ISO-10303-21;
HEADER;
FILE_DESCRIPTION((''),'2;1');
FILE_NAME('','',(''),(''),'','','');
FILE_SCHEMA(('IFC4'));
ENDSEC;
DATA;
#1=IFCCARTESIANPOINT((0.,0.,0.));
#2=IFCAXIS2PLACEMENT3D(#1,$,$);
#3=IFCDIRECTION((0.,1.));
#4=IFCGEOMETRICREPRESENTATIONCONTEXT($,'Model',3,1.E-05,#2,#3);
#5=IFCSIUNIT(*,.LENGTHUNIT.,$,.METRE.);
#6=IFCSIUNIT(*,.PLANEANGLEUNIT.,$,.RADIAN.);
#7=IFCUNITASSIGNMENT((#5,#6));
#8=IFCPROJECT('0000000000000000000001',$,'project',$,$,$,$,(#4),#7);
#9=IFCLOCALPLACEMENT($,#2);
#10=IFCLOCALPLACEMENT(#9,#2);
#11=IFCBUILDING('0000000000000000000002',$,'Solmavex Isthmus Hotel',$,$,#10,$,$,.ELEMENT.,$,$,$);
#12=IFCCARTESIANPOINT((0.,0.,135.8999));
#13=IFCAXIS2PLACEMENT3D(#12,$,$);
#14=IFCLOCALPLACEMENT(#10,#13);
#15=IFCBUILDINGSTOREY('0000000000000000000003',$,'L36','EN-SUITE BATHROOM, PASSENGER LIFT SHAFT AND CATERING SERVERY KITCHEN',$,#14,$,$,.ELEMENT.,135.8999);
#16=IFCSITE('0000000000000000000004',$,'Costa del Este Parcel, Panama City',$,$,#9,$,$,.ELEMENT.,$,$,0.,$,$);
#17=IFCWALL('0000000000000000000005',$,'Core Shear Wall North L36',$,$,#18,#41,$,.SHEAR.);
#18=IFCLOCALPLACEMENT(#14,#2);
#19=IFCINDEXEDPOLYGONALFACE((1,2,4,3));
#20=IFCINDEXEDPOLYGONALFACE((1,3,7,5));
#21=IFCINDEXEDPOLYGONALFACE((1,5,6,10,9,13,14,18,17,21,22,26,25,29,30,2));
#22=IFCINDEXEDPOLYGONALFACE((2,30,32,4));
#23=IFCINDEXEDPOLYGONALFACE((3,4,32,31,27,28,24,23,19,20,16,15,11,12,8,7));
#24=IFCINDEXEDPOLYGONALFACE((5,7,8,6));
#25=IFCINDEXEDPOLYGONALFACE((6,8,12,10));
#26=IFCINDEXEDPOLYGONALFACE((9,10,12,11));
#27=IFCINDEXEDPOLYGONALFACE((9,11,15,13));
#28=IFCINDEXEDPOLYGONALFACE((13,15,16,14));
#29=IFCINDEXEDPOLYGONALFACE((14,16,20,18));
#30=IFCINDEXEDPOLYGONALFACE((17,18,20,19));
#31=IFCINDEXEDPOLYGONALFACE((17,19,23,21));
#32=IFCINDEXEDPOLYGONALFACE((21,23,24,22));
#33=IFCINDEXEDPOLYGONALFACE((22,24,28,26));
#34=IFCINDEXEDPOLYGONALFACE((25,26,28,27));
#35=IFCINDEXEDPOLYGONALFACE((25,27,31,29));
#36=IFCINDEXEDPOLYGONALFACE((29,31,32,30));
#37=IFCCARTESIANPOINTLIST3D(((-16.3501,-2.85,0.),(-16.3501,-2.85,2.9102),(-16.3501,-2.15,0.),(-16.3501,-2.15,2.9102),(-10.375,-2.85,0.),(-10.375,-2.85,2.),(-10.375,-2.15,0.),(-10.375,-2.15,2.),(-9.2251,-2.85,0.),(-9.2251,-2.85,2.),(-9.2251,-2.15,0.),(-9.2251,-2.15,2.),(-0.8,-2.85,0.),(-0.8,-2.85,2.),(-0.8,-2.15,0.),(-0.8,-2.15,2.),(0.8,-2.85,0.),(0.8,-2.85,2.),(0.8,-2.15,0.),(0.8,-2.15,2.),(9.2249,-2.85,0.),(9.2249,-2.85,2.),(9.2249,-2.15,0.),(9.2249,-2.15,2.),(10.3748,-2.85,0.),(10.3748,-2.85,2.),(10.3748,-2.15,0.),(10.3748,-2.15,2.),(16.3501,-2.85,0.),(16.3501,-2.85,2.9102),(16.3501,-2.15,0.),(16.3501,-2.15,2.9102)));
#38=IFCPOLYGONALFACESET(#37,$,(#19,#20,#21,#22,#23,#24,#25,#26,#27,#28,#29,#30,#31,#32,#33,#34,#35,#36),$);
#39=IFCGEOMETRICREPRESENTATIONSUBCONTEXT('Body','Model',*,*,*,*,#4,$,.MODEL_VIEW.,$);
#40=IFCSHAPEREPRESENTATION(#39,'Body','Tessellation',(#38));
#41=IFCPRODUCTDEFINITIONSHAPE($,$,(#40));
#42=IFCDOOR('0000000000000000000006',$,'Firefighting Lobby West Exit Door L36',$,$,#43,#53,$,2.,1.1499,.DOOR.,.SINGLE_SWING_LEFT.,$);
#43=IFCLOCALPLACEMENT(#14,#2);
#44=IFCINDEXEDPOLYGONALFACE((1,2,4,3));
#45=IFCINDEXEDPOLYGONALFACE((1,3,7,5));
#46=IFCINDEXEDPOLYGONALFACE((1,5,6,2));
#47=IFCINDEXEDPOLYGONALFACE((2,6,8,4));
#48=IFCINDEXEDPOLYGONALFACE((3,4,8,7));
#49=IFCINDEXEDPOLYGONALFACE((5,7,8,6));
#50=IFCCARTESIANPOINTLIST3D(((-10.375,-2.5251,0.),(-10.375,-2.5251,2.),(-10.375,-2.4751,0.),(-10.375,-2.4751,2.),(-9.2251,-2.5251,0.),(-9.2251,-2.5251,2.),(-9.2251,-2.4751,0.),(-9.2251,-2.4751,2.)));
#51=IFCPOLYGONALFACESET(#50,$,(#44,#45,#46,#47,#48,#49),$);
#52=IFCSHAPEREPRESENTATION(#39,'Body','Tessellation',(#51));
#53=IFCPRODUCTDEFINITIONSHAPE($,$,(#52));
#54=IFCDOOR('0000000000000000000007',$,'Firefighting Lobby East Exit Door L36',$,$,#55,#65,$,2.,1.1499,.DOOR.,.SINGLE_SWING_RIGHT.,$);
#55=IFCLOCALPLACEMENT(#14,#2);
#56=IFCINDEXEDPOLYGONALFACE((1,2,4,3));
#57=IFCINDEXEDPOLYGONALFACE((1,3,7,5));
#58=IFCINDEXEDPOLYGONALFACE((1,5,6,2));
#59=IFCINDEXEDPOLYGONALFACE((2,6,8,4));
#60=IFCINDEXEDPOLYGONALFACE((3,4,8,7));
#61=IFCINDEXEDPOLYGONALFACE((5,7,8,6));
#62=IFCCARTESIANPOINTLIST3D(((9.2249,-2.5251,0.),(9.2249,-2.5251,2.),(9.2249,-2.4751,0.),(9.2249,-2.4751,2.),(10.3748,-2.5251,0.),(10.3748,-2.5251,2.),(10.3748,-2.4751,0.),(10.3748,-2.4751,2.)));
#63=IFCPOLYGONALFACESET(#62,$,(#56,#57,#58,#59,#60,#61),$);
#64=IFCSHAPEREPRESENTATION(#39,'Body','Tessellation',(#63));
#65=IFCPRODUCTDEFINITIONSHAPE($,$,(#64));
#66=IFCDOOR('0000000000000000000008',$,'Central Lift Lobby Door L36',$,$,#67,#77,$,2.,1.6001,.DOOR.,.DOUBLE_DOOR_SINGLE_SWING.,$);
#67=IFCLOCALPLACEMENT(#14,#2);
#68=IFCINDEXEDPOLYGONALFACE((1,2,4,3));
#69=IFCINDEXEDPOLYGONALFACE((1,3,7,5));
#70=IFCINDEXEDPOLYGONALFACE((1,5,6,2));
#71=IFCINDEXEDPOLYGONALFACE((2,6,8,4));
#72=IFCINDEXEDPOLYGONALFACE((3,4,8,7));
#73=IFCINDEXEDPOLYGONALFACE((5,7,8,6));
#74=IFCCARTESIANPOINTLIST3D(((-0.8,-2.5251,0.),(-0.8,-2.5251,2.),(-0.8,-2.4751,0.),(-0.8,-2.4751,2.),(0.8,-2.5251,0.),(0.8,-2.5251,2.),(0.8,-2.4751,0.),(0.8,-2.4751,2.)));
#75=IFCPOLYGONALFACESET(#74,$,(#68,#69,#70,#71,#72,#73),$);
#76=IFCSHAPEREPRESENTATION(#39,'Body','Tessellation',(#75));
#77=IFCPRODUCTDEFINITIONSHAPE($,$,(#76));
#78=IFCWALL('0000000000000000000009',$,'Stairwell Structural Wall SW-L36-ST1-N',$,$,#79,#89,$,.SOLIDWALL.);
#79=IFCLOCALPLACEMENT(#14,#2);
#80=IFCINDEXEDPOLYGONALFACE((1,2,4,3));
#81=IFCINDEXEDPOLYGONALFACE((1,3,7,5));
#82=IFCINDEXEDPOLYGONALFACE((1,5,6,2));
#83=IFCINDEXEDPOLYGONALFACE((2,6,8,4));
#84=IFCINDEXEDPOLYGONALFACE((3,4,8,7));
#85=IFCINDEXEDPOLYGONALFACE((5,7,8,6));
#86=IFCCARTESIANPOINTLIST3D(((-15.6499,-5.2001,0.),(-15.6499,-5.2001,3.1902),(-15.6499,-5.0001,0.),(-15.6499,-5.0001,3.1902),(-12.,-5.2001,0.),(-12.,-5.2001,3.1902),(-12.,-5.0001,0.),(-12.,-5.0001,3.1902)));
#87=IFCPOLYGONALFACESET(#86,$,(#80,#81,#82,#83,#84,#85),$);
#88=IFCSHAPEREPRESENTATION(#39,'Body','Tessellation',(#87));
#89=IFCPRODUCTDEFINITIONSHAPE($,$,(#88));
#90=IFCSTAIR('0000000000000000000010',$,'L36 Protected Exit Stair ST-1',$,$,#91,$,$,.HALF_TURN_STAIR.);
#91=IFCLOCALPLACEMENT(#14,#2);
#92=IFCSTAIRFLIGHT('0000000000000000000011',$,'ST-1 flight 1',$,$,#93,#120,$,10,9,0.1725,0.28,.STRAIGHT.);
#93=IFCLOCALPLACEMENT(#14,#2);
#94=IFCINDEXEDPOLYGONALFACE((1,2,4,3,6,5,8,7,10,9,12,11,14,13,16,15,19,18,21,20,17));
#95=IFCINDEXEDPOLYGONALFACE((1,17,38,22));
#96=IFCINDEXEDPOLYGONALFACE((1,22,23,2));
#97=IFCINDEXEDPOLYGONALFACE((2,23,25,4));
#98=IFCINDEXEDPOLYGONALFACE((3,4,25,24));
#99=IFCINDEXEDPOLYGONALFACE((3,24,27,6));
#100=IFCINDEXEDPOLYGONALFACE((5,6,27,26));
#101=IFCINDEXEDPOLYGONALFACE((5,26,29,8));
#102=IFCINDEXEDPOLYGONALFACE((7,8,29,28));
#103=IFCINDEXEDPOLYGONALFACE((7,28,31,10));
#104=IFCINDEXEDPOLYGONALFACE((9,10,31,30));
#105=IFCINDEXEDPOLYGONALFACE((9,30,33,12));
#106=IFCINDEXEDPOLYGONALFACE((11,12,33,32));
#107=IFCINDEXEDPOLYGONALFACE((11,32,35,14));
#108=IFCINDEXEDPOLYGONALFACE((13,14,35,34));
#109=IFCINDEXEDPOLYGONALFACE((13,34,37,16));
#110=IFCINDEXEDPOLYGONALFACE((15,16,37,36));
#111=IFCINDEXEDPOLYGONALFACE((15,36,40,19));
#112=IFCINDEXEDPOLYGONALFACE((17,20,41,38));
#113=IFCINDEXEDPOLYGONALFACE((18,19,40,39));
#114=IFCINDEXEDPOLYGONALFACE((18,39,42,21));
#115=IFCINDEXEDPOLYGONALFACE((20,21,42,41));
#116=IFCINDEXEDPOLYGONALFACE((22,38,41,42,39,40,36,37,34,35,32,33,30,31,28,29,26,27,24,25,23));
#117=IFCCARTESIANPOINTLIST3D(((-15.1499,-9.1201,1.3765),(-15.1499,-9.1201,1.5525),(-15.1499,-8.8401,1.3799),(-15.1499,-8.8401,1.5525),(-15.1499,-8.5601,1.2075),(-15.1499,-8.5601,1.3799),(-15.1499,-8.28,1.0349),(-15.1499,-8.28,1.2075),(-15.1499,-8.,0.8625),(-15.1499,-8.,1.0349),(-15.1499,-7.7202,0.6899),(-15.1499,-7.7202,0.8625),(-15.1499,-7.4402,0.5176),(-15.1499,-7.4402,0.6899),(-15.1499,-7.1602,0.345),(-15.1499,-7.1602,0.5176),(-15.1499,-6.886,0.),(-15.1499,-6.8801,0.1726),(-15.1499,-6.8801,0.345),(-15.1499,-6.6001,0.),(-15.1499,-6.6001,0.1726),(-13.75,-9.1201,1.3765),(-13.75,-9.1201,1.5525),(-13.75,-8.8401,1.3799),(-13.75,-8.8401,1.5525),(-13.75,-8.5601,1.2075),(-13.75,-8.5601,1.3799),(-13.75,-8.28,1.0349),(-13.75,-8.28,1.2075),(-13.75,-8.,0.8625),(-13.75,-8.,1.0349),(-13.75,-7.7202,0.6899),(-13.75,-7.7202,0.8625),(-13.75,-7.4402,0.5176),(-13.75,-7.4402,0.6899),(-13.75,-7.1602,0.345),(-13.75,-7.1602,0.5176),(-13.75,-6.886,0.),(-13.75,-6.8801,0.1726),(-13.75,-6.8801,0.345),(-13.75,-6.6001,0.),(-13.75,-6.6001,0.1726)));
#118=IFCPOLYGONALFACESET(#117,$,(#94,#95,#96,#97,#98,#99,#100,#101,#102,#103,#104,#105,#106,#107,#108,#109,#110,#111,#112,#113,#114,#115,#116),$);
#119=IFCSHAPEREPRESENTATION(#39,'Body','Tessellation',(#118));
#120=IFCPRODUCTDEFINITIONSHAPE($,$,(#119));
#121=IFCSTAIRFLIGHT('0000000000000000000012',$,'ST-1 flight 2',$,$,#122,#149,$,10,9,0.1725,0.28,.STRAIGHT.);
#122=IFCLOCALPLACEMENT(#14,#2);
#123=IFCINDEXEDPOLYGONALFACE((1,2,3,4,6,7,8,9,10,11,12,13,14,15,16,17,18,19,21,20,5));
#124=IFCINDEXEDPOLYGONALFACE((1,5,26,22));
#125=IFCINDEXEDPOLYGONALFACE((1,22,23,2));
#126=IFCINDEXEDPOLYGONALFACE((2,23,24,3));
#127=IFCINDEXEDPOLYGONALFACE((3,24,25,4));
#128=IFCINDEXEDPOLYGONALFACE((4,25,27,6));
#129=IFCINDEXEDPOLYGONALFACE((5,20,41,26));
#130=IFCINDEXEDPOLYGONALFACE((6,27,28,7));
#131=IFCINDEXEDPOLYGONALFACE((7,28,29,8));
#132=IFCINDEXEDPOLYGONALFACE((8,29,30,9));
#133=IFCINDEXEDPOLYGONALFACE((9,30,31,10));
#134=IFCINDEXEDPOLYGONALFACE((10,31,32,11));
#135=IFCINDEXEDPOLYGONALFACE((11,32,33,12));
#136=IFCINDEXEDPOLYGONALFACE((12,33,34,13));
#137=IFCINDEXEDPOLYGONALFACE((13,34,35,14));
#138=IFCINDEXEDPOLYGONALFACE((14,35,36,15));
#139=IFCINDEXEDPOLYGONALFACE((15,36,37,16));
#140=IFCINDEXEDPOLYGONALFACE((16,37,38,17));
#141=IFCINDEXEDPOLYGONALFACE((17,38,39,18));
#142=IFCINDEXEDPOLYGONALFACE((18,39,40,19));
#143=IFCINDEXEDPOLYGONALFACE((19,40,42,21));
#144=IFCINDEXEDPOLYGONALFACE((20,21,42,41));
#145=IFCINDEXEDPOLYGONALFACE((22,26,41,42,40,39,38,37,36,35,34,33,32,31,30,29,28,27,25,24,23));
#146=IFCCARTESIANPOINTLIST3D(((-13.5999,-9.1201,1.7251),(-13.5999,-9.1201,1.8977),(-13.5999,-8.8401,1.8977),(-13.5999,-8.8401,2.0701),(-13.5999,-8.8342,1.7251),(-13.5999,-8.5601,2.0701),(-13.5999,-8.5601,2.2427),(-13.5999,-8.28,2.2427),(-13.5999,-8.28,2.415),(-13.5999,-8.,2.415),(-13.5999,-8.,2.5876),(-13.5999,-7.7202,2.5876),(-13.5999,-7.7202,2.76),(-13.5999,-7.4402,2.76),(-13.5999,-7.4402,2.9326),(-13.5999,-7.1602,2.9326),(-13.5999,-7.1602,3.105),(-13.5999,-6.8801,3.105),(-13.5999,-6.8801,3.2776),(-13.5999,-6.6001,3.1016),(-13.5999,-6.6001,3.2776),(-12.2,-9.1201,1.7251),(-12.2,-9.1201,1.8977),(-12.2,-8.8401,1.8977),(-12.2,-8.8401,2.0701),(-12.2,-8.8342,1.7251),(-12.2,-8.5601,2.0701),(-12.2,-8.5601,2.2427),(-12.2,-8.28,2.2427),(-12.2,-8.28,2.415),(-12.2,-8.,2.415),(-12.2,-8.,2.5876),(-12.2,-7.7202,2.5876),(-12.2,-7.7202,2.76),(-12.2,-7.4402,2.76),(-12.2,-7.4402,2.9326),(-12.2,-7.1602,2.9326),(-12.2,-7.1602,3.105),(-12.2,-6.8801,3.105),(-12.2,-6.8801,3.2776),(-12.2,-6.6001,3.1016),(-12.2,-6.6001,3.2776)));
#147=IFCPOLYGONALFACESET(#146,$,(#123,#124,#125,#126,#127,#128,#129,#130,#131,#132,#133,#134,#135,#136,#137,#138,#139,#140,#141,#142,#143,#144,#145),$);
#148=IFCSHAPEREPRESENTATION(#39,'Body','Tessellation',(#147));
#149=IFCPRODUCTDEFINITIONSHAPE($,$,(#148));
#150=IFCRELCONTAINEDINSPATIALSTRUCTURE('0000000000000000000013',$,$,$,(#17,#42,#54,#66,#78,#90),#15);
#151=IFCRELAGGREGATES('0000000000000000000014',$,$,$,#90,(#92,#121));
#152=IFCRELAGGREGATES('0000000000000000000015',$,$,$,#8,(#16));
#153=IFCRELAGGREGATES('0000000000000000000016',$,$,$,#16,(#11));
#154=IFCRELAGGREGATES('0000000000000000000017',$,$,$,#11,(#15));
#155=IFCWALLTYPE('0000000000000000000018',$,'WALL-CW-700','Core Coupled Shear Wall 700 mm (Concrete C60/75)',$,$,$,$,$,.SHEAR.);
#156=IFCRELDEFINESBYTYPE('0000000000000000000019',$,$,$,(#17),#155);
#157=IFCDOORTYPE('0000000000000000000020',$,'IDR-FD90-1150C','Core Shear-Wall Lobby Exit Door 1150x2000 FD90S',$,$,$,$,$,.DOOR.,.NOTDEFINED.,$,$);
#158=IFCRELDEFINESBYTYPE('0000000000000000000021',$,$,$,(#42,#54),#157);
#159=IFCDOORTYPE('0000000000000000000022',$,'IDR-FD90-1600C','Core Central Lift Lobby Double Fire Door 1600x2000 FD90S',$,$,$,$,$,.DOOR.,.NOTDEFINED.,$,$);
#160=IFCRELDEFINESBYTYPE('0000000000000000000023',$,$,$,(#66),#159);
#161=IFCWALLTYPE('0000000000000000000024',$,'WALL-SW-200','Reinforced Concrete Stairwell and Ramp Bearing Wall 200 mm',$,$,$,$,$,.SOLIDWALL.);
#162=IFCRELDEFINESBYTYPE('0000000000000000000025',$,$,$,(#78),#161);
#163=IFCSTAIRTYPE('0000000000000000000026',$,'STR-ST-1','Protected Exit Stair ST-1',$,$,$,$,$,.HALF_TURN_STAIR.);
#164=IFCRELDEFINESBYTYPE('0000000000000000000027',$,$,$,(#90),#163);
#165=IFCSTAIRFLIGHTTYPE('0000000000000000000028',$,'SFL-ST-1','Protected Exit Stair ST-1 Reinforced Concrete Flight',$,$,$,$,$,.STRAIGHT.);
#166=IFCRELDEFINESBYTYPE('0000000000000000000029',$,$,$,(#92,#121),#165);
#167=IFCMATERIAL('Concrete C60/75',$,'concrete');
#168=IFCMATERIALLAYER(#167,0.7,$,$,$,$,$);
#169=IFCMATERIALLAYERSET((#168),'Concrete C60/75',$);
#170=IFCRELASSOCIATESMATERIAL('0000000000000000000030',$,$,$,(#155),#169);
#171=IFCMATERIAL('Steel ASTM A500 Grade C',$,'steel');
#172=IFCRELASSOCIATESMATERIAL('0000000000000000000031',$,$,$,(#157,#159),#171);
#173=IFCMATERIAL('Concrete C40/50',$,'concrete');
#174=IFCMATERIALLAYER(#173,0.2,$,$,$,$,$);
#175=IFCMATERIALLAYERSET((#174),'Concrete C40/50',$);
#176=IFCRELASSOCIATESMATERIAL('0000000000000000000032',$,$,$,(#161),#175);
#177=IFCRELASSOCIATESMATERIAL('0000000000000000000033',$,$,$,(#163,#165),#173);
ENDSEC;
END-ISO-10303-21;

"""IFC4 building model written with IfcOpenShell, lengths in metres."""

from ifc_helpers import new_model, si_unit, direction, frame, frame_2d, origin, place, context, subcontext, project, spatial, polyline, rectangle, outline, extrude, material, layer, layer_set, type_object, element, fill, aggregate, save


model = new_model("IFC4")

# Units and contexts
model_context = context("Model", 3, precision=1e-05, world=origin(), true_north=direction((0.0, 1.0)))
body_context = subcontext(model_context, "Body", "Model", "MODEL_VIEW")
ifc_project = project(units=[si_unit("LENGTHUNIT", "METRE"), si_unit("PLANEANGLEUNIT", "RADIAN")], contexts=[model_context])

# Site, building, storey
site_placement = place(None, origin())
site = spatial("IfcSite", under=ifc_project, at=site_placement, Name="Costa del Este Parcel, Panama City", CompositionType="ELEMENT", RefElevation=0.0)
building_placement = place(site_placement, origin())
building = spatial("IfcBuilding", under=site, at=building_placement, Name="Solmavex Isthmus Hotel", CompositionType="ELEMENT")
storey_placement = place(building_placement, frame((0.0, 0.0, 135.8999)))
storey = spatial("IfcBuildingStorey", under=building, at=storey_placement, Name="L36", Description="EN-SUITE BATHROOM, PASSENGER LIFT SHAFT AND CATERING SERVERY KITCHEN", CompositionType="ELEMENT", Elevation=135.8999)

# Shared definitions
ifc_material_1 = material(Name="Concrete C60/75", Category="concrete")

# Wall, openings, doors
ifc_layer_1 = layer(ifc_material_1, 0.7)
ifc_layer_set_1 = layer_set([ifc_layer_1], Name="Concrete C60/75")
wall_type_1 = type_object("IfcWallType", Name="WALL-CW-700", Description="Core Coupled Shear Wall 700 mm (Concrete C60/75)", PredefinedType="SHEAR", material=ifc_layer_set_1)
wall_1_placement = place(storey_placement, frame((-16.3501, -2.5, 0.0), z_axis=(0.0, 0.0, 1.0), x_axis=(1.0, 0.0, 0.0)))
wall_1 = element("IfcWall", 1, at=wall_1_placement, inside=storey, type_object=wall_type_1, Name="Core Shear Wall North L36", PredefinedType="SHEAR", context=body_context, shape_type="SweptSolid", body=[
    extrude(rectangle(XDim=32.7002, YDim=0.7, at=frame_2d((16.3501, 0.0))), origin(), (0.0, 0.0, 1.0), 2.9102),
])
opening_1_placement = place(wall_1_placement, frame((5.9751, 0.0, 0.0)))
opening_1 = element("IfcOpeningElement", 2, at=opening_1_placement, cuts=wall_1, PredefinedType="OPENING", context=body_context, shape_type="SweptSolid", body=[
    extrude(rectangle(XDim=1.1499, YDim=2.0, at=frame_2d((0.575, 1.0))), frame((0.0, 0.3599, 0.0), z_axis=(0.0, -1.0, 0.0), x_axis=(1.0, 0.0, 0.0)), (0.0, 0.0, 1.0), 0.72),
])
opening_2_placement = place(wall_1_placement, frame((15.55, 0.0, 0.0)))
opening_2 = element("IfcOpeningElement", 3, at=opening_2_placement, cuts=wall_1, PredefinedType="OPENING", context=body_context, shape_type="SweptSolid", body=[
    extrude(rectangle(XDim=1.6001, YDim=2.0, at=frame_2d((0.8, 1.0))), frame((0.0, 0.3599, 0.0), z_axis=(0.0, -1.0, 0.0), x_axis=(1.0, 0.0, 0.0)), (0.0, 0.0, 1.0), 0.72),
])
opening_3_placement = place(wall_1_placement, frame((25.575, 0.0, 0.0)))
opening_3 = element("IfcOpeningElement", 4, at=opening_3_placement, cuts=wall_1, PredefinedType="OPENING", context=body_context, shape_type="SweptSolid", body=[
    extrude(rectangle(XDim=1.1499, YDim=2.0, at=frame_2d((0.575, 1.0))), frame((0.0, 0.3599, 0.0), z_axis=(0.0, -1.0, 0.0), x_axis=(1.0, 0.0, 0.0)), (0.0, 0.0, 1.0), 0.72),
])
ifc_material_2 = material(Name="Steel ASTM A500 Grade C", Category="steel")
door_type_1 = type_object("IfcDoorType", Name="IDR-FD90-1150C", Description="Core Shear-Wall Lobby Exit Door 1150x2000 FD90S", OperationType="NOTDEFINED", PredefinedType="DOOR", material=ifc_material_2)
door_1_placement = place(opening_1_placement, origin())
door_1 = element("IfcDoor", 5, at=door_1_placement, inside=storey, type_object=door_type_1, Name="Firefighting Lobby West Exit Door L36", OperationType="SINGLE_SWING_LEFT", OverallHeight=2.0, OverallWidth=1.1499, PredefinedType="DOOR", context=body_context, shape_type="SweptSolid", body=[
    extrude(rectangle(XDim=1.1499, YDim=2.0, at=frame_2d((0.575, 1.0))), frame((0.0, 0.0249, 0.0), z_axis=(0.0, -1.0, 0.0), x_axis=(1.0, 0.0, 0.0)), (0.0, 0.0, 1.0), 0.05),
])
fill(opening_1, door_1)
door_2_placement = place(opening_3_placement, origin())
door_2 = element("IfcDoor", 6, at=door_2_placement, inside=storey, type_object=door_type_1, Name="Firefighting Lobby East Exit Door L36", OperationType="SINGLE_SWING_RIGHT", OverallHeight=2.0, OverallWidth=1.1499, PredefinedType="DOOR", context=body_context, shape_type="SweptSolid", body=[
    extrude(rectangle(XDim=1.1499, YDim=2.0, at=frame_2d((0.575, 1.0))), frame((0.0, 0.0249, 0.0), z_axis=(0.0, -1.0, 0.0), x_axis=(1.0, 0.0, 0.0)), (0.0, 0.0, 1.0), 0.05),
])
fill(opening_3, door_2)
door_type_2 = type_object("IfcDoorType", Name="IDR-FD90-1600C", Description="Core Central Lift Lobby Double Fire Door 1600x2000 FD90S", OperationType="NOTDEFINED", PredefinedType="DOOR", material=ifc_material_2)
door_3_placement = place(opening_2_placement, origin())
door_3 = element("IfcDoor", 7, at=door_3_placement, inside=storey, type_object=door_type_2, Name="Central Lift Lobby Door L36", OperationType="DOUBLE_DOOR_SINGLE_SWING", OverallHeight=2.0, OverallWidth=1.6001, PredefinedType="DOOR", context=body_context, shape_type="SweptSolid", body=[
    extrude(rectangle(XDim=1.6001, YDim=2.0, at=frame_2d((0.8, 1.0))), frame((0.0, 0.0249, 0.0), z_axis=(0.0, -1.0, 0.0), x_axis=(1.0, 0.0, 0.0)), (0.0, 0.0, 1.0), 0.05),
])
fill(opening_2, door_3)

# Wall
ifc_material_3 = material(Name="Concrete C40/50", Category="concrete")
ifc_layer_2 = layer(ifc_material_3, 0.2)
ifc_layer_set_2 = layer_set([ifc_layer_2], Name="Concrete C40/50")
wall_type_2 = type_object("IfcWallType", Name="WALL-SW-200", Description="Reinforced Concrete Stairwell and Ramp Bearing Wall 200 mm", PredefinedType="SOLIDWALL", material=ifc_layer_set_2)
wall_2_placement = place(storey_placement, frame((-15.6499, -5.1001, 0.0), z_axis=(0.0, 0.0, 1.0), x_axis=(1.0, 0.0, 0.0)))
element("IfcWall", 8, at=wall_2_placement, inside=storey, type_object=wall_type_2, Name="Stairwell Structural Wall SW-L36-ST1-N", PredefinedType="SOLIDWALL", context=body_context, shape_type="SweptSolid", body=[
    extrude(rectangle(XDim=3.6499, YDim=0.2, at=frame_2d((1.825, 0.0))), origin(), (0.0, 0.0, 1.0), 3.1902),
])

# Stair, stair flights
stair_type = type_object("IfcStairType", Name="STR-ST-1", Description="Protected Exit Stair ST-1", PredefinedType="HALF_TURN_STAIR", material=ifc_material_3)
stair_placement = place(storey_placement, origin())
stair = element("IfcStair", 9, at=stair_placement, inside=storey, type_object=stair_type, Name="L36 Protected Exit Stair ST-1", PredefinedType="HALF_TURN_STAIR")
stair_flight_type = type_object("IfcStairFlightType", Name="SFL-ST-1", Description="Protected Exit Stair ST-1 Reinforced Concrete Flight", PredefinedType="STRAIGHT", material=ifc_material_3)
stair_flight_1_placement = place(storey_placement, frame((-14.45, -6.6001, 0.0), z_axis=(0.0, 0.0, 1.0), x_axis=(0.0, -1.0, 0.0)))
stair_flight_1 = element("IfcStairFlight", 10, at=stair_flight_1_placement, type_object=stair_flight_type, Name="ST-1 flight 1", NumberOfRisers=10, NumberOfTreads=9, PredefinedType="STRAIGHT", RiserHeight=0.1725, TreadLength=0.28, context=body_context, shape_type="SweptSolid", body=[
    extrude(outline(polyline([(0.0, 0.0), (0.0, 0.1726), (0.28, 0.1726), (0.28, 0.345), (0.5601, 0.345), (0.5601, 0.5176), (0.8401, 0.5176), (0.8401, 0.6899), (1.1201, 0.6899), (1.1201, 0.8625), (1.3999, 0.8625), (1.3999, 1.0349), (1.6799, 1.0349), (1.6799, 1.2075), (1.96, 1.2075), (1.96, 1.3799), (2.24, 1.3799), (2.24, 1.5525), (2.52, 1.5525), (2.52, 1.7251), (2.52, 1.3765), (0.2859, 0.0), (0.0, 0.0)])), frame((0.0, 0.7, 0.0), z_axis=(0.0, -1.0, 0.0), x_axis=(1.0, 0.0, 0.0)), (0.0, 0.0, 1.0), 1.3999),
])
stair_flight_2_placement = place(storey_placement, frame((-12.8999, -9.1201, 1.7251), z_axis=(0.0, 0.0, 1.0), x_axis=(0.0, 1.0, 0.0)))
stair_flight_2 = element("IfcStairFlight", 11, at=stair_flight_2_placement, type_object=stair_flight_type, Name="ST-1 flight 2", NumberOfRisers=10, NumberOfTreads=9, PredefinedType="STRAIGHT", RiserHeight=0.1725, TreadLength=0.28, context=body_context, shape_type="SweptSolid", body=[
    extrude(outline(polyline([(0.0, 0.0), (0.0, 0.1726), (0.28, 0.1726), (0.28, 0.345), (0.5601, 0.345), (0.5601, 0.5176), (0.8401, 0.5176), (0.8401, 0.6899), (1.1201, 0.6899), (1.1201, 0.8625), (1.3999, 0.8625), (1.3999, 1.0349), (1.6799, 1.0349), (1.6799, 1.2075), (1.96, 1.2075), (1.96, 1.3799), (2.24, 1.3799), (2.24, 1.5525), (2.52, 1.5525), (2.52, 1.7251), (2.52, 1.3765), (0.2859, 0.0), (0.0, 0.0)])), frame((0.0, 0.7, 0.0), z_axis=(0.0, -1.0, 0.0), x_axis=(1.0, 0.0, 0.0)), (0.0, 0.0, 1.0), 1.3999),
])
aggregate(stair, [stair_flight_1, stair_flight_2])

save(model, "model.ifc")
